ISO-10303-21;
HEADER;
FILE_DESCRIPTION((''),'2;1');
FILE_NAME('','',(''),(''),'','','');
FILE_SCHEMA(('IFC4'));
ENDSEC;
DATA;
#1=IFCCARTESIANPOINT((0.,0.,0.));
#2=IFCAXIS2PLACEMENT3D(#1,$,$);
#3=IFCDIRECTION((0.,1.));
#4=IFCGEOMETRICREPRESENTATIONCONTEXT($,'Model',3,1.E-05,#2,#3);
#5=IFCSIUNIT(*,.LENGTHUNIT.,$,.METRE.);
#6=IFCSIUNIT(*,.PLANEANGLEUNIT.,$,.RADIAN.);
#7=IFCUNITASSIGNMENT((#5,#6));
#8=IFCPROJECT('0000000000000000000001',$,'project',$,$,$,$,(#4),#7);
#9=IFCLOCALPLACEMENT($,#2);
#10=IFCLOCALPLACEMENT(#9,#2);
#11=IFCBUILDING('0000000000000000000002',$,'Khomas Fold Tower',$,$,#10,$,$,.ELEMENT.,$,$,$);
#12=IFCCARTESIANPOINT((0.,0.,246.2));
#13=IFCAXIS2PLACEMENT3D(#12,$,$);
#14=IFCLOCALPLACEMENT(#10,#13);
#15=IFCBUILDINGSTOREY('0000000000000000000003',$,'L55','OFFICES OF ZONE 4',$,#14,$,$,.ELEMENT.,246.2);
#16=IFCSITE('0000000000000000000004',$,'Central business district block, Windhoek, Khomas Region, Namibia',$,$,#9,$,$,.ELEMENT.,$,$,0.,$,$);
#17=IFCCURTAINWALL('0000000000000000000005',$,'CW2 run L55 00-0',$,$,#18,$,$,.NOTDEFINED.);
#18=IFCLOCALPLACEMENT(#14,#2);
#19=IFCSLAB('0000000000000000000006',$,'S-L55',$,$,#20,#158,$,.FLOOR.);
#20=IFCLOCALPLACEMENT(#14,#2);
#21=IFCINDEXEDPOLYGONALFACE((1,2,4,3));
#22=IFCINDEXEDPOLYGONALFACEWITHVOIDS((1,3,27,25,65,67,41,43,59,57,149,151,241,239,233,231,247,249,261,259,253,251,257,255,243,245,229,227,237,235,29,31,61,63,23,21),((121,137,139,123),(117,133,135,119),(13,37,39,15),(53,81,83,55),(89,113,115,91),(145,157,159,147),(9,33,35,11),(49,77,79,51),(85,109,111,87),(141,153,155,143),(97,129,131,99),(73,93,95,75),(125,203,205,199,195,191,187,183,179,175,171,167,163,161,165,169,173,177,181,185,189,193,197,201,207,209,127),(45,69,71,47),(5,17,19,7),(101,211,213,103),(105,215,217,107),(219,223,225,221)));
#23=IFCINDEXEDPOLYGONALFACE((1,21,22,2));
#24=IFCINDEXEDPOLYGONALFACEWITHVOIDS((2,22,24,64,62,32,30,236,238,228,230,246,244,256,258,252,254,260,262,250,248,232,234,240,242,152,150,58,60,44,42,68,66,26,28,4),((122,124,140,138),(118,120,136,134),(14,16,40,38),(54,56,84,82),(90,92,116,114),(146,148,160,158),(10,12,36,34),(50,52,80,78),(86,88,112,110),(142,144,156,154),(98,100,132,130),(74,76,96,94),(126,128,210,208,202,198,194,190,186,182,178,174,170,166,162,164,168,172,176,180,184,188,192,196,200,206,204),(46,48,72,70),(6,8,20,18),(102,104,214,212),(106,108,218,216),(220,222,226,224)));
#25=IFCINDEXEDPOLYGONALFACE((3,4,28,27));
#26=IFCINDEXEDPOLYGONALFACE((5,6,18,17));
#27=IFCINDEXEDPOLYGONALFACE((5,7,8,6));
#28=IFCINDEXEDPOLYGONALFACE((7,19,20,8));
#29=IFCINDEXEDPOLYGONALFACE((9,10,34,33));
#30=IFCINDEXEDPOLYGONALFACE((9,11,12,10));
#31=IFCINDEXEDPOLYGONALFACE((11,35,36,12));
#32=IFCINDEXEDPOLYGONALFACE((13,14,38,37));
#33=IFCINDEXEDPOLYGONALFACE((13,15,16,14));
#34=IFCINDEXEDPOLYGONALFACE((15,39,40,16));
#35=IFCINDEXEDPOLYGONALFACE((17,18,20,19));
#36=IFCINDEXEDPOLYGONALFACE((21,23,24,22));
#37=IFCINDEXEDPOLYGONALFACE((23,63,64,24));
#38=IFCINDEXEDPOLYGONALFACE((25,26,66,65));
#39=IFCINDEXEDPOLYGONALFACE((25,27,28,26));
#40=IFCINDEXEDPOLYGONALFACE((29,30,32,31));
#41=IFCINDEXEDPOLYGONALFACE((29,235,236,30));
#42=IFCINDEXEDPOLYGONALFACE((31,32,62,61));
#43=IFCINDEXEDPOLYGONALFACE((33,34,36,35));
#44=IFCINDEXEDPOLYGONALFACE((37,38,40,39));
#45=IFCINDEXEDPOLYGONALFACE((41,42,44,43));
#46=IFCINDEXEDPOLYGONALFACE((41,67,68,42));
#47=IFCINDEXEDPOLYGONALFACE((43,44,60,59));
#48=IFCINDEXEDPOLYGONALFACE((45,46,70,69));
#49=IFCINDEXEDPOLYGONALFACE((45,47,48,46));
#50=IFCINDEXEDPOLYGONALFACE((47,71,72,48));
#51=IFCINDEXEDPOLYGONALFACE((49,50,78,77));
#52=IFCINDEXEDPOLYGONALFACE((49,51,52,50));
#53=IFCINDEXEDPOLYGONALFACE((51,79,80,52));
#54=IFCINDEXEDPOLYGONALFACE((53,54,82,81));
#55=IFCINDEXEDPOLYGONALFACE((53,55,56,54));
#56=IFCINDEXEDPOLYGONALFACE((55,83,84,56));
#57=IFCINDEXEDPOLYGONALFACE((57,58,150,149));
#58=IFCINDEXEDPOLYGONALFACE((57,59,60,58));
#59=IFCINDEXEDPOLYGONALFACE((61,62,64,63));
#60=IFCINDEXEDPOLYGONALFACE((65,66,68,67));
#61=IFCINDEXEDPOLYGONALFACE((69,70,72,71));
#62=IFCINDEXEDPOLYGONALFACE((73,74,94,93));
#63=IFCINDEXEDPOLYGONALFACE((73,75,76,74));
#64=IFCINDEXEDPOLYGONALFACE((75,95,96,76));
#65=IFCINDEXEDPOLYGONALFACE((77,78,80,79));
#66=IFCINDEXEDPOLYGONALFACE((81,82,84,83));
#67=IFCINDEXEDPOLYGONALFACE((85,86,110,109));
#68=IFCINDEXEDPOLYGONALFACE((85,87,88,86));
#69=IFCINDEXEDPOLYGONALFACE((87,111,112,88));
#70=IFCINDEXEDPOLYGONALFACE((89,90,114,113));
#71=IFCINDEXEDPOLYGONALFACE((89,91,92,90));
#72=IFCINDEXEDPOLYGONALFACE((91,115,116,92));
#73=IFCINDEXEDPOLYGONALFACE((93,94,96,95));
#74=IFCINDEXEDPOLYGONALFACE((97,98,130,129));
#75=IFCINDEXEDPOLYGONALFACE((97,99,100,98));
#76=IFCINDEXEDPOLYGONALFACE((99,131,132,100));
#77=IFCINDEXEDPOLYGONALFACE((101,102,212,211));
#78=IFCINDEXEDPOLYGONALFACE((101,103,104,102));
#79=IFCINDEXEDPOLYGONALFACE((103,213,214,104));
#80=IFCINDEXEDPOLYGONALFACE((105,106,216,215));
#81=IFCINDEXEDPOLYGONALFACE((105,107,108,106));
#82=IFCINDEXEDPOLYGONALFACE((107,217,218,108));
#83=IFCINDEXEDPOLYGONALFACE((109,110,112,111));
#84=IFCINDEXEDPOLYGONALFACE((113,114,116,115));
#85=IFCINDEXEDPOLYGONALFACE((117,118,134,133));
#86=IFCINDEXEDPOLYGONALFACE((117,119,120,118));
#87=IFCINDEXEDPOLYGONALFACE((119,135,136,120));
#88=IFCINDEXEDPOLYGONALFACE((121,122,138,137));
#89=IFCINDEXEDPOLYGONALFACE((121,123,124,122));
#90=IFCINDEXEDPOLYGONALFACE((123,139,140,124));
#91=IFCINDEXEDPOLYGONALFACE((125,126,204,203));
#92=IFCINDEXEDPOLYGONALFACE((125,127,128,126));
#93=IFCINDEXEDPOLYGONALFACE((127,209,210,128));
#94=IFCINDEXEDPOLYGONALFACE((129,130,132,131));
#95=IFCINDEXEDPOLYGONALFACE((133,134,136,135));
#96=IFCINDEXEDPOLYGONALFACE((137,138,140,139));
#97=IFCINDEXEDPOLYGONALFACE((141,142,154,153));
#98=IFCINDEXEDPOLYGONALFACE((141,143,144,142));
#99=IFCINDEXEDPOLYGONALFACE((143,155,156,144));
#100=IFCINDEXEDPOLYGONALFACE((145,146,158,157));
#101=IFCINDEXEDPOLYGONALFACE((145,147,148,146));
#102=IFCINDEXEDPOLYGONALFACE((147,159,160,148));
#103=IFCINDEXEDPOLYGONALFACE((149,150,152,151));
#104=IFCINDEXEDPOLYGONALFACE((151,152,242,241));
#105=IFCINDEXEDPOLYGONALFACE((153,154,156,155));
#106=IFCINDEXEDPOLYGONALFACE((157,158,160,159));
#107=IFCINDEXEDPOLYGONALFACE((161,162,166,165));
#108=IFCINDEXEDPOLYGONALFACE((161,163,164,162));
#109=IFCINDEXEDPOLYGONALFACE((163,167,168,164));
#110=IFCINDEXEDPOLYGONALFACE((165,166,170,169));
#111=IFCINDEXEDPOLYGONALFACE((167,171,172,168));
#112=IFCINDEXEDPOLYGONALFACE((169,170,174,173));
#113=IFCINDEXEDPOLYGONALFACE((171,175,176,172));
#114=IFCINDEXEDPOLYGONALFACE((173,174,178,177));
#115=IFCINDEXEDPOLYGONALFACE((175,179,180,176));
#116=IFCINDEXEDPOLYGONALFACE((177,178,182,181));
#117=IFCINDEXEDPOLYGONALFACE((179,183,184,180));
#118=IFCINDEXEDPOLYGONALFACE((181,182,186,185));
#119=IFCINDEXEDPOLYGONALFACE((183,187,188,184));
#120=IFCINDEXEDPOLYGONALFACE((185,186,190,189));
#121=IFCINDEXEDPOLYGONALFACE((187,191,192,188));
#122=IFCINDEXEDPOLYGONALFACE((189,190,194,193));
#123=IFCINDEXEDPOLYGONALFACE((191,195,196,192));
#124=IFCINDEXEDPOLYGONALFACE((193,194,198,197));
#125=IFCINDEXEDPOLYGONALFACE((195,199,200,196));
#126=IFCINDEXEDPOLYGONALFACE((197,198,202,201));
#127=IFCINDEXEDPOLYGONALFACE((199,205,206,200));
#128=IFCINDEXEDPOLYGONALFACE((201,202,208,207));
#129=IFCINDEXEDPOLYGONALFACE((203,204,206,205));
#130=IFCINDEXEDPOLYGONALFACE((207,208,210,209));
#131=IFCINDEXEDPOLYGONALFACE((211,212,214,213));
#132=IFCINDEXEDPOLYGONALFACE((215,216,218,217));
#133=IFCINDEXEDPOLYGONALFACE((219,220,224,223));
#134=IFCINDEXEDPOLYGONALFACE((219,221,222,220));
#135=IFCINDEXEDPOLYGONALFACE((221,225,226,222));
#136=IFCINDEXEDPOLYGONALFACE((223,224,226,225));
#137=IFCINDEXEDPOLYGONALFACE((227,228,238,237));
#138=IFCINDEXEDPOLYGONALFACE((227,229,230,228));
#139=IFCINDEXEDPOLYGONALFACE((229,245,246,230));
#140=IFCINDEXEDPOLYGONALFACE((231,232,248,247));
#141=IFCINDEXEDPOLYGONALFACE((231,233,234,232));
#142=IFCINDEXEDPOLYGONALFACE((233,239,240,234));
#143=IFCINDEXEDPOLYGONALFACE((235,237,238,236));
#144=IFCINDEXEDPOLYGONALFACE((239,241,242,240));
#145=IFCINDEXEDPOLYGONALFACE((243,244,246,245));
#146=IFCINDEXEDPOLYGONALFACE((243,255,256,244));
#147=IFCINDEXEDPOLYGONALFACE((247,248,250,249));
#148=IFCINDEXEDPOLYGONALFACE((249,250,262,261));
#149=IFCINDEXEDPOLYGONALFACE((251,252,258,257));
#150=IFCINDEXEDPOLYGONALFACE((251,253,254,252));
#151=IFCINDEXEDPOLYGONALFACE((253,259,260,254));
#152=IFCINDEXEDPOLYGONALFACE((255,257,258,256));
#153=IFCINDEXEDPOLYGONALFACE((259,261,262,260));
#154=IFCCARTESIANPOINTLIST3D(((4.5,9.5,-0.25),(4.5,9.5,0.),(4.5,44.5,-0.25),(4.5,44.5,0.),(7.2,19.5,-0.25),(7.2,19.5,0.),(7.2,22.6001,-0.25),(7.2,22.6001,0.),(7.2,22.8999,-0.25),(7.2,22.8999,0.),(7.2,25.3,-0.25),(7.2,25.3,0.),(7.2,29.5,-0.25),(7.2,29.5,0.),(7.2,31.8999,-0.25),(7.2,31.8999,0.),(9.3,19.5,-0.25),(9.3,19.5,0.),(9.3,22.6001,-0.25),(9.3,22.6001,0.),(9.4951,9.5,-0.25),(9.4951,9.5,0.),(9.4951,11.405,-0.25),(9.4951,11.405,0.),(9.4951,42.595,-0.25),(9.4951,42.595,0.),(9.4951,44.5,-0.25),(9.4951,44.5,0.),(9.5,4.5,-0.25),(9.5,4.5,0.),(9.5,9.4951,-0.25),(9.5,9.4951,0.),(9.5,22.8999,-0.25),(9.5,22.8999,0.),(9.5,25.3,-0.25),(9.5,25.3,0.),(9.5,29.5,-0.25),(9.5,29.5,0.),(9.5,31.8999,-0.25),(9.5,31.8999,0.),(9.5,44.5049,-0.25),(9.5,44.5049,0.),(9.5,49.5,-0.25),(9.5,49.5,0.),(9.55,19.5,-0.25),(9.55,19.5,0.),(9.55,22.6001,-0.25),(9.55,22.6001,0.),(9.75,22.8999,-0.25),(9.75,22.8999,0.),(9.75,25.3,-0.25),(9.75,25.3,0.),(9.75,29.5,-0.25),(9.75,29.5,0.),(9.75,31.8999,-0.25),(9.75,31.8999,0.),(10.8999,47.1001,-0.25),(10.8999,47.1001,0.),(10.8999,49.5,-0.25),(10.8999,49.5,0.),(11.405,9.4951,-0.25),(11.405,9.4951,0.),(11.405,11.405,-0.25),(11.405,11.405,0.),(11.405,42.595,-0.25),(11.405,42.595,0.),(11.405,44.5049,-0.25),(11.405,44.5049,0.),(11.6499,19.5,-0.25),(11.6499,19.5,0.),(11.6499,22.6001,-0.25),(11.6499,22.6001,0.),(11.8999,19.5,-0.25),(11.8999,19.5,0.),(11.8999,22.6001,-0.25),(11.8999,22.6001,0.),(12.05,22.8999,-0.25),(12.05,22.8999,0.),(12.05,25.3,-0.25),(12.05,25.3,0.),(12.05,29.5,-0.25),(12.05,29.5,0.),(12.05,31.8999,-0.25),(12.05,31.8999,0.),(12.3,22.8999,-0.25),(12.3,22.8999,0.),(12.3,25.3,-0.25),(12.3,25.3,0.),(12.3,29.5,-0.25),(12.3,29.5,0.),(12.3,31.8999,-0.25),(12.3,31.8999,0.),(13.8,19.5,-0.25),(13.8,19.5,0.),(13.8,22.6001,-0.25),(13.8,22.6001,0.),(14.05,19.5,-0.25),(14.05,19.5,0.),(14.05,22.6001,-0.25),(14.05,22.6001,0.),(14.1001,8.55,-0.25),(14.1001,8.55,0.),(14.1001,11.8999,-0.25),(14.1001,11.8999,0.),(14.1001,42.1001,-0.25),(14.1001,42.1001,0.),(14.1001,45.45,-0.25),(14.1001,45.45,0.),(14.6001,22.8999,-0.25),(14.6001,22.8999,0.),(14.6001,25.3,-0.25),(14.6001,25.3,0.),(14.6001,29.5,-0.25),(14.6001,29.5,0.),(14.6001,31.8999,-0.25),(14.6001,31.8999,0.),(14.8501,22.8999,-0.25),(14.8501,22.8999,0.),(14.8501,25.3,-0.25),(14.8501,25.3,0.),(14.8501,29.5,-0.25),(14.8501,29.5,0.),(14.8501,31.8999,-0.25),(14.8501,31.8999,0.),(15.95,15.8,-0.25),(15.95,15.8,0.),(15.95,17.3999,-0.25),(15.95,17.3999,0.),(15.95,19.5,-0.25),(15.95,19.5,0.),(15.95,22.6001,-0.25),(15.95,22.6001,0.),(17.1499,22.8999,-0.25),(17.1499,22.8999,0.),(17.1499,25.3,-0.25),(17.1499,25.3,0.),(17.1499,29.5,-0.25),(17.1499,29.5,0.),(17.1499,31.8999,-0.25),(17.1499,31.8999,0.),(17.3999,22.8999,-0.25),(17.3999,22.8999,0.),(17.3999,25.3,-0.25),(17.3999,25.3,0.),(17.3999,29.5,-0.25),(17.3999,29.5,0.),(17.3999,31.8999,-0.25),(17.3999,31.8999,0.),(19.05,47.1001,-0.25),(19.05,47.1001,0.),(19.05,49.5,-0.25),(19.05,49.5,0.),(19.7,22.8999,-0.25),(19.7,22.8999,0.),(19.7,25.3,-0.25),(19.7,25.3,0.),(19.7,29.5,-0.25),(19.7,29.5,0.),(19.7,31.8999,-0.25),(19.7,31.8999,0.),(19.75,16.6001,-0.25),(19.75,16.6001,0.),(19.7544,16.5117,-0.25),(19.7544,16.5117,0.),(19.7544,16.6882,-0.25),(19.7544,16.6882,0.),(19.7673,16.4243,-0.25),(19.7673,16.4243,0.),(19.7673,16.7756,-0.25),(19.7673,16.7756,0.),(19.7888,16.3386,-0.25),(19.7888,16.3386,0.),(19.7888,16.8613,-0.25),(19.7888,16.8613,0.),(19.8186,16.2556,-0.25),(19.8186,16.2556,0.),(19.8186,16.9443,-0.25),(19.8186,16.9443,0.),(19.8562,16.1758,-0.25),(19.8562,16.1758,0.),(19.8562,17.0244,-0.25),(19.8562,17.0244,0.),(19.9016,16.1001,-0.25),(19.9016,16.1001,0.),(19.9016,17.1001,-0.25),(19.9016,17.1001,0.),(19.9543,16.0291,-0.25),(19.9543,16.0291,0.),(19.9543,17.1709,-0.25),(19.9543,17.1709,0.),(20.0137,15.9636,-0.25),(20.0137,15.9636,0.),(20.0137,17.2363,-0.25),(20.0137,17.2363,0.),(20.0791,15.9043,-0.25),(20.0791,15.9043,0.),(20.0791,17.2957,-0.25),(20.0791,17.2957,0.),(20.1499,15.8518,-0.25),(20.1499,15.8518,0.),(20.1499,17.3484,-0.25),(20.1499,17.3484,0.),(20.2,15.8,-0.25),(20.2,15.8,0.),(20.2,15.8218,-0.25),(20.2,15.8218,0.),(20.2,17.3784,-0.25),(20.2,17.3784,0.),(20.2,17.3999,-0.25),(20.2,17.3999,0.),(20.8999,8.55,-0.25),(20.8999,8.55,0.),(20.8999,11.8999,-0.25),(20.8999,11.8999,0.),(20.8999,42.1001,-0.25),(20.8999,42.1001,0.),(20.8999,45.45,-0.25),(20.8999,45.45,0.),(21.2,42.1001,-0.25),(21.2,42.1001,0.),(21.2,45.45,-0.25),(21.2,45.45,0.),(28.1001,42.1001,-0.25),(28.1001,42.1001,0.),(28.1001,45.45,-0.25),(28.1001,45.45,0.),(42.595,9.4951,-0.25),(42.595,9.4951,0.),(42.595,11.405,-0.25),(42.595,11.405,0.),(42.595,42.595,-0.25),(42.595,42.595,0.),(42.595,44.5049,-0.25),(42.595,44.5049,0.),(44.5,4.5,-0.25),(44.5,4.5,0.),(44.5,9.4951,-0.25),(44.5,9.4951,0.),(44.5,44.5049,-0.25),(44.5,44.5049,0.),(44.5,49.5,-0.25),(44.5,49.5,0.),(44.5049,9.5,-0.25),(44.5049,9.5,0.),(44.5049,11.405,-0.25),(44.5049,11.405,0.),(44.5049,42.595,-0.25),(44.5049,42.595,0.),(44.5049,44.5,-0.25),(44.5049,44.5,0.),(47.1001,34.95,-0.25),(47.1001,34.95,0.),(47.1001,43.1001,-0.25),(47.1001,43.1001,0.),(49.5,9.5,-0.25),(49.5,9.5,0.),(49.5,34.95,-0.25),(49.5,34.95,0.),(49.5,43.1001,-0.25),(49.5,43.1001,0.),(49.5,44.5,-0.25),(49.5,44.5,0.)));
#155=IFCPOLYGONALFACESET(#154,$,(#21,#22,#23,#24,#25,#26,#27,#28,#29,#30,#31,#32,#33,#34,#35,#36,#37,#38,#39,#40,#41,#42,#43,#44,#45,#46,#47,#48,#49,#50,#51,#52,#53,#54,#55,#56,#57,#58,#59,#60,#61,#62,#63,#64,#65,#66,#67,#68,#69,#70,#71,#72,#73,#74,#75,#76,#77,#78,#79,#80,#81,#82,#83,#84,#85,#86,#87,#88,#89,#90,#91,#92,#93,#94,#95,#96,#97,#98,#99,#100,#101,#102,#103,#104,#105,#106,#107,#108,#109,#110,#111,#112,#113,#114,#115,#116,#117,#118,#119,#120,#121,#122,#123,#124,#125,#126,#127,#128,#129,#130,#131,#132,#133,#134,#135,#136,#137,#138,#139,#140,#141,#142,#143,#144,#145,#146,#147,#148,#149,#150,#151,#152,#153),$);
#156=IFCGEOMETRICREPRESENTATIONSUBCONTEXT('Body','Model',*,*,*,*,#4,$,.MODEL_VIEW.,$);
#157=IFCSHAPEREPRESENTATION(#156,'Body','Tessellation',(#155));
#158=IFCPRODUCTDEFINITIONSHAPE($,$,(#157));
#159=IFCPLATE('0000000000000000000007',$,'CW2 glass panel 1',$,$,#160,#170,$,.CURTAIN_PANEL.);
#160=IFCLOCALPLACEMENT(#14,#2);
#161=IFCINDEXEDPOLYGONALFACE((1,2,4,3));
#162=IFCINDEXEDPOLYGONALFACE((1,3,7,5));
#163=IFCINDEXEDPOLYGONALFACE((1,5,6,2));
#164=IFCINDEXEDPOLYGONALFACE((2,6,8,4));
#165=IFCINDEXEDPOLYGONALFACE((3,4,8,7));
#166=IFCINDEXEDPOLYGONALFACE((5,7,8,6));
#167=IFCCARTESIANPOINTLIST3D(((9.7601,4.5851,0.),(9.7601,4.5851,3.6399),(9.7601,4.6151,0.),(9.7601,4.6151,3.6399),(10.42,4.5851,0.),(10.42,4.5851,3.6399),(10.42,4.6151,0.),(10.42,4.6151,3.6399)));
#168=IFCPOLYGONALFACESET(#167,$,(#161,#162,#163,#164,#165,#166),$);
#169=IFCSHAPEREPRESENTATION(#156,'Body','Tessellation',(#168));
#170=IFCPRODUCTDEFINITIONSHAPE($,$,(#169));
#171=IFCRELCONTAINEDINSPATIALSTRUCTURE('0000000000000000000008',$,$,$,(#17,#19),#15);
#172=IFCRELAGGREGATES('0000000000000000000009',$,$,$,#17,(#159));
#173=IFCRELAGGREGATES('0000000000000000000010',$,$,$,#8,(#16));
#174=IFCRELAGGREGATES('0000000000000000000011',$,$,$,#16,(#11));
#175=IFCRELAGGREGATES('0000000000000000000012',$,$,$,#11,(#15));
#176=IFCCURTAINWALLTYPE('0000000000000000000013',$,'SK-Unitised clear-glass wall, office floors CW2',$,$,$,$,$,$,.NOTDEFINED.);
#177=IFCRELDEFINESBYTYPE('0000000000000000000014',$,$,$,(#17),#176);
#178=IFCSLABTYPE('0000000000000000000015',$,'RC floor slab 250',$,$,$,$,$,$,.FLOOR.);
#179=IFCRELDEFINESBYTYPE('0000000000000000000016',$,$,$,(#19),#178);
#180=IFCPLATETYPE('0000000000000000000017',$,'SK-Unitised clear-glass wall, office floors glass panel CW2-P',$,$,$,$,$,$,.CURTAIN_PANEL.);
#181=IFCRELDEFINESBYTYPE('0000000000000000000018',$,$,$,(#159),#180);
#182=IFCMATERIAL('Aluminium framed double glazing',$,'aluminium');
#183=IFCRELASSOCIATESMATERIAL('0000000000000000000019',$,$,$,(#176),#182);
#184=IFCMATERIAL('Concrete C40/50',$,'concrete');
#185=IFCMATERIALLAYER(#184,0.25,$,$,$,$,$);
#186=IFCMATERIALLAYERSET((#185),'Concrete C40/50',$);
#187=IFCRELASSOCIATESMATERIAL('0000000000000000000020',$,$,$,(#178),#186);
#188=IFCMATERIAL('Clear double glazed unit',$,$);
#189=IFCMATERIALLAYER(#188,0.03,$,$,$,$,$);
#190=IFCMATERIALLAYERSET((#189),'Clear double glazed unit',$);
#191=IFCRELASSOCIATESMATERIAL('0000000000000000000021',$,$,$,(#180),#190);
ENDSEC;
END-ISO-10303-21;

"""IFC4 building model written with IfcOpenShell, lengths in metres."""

from ifc_helpers import new_model, si_unit, direction, frame, origin, origin_2d, place, context, subcontext, project, spatial, polyline, rectangle, outline, extrude, source, transform, mapped, material, layer, layer_set, type_object, element, aggregate, save


model = new_model("IFC4")

# Units and contexts
model_context = context("Model", 3, precision=1e-05, world=origin(), true_north=direction((0.0, 1.0)))
body_context = subcontext(model_context, "Body", "Model", "MODEL_VIEW")
ifc_project = project(units=[si_unit("LENGTHUNIT", "METRE"), si_unit("PLANEANGLEUNIT", "RADIAN")], contexts=[model_context])

# Site, building, storey
site_placement = place(None, origin())
site = spatial("IfcSite", under=ifc_project, at=site_placement, Name="Central business district block, Windhoek, Khomas Region, Namibia", CompositionType="ELEMENT", RefElevation=0.0)
building_placement = place(site_placement, origin())
building = spatial("IfcBuilding", under=site, at=building_placement, Name="Khomas Fold Tower", CompositionType="ELEMENT")
storey_placement = place(building_placement, frame((0.0, 0.0, 246.2)))
storey = spatial("IfcBuildingStorey", under=building, at=storey_placement, Name="L55", Description="OFFICES OF ZONE 4", CompositionType="ELEMENT", Elevation=246.2)

# Shared definitions
ifc_material_1 = material(Name="Aluminium framed double glazing", Category="aluminium")
curtain_wall_type = type_object("IfcCurtainWallType", Name="SK-Unitised clear-glass wall, office floors CW2", PredefinedType="NOTDEFINED", material=ifc_material_1)

# Curtain wall
curtain_wall_1_placement = place(storey_placement, origin())
curtain_wall_1 = element("IfcCurtainWall", 1, at=curtain_wall_1_placement, inside=storey, type_object=curtain_wall_type, Name="CW2 run L55 00-0", PredefinedType="NOTDEFINED")

# Slab
ifc_material_2 = material(Name="Concrete C40/50", Category="concrete")
ifc_layer_1 = layer(ifc_material_2, 0.25)
ifc_layer_set_1 = layer_set([ifc_layer_1], Name="Concrete C40/50")
slab_type_1 = type_object("IfcSlabType", Name="RC floor slab 250", PredefinedType="FLOOR", material=ifc_layer_set_1)
shared_shape_1 = source(origin(), body_context, "Body", "SweptSolid", [
    extrude(outline(polyline([(4.5, 9.5), (9.4951, 9.5), (9.4951, 11.405), (11.405, 11.405), (11.405, 9.4951), (9.5, 9.4951), (9.5, 4.5), (44.5, 4.5), (44.5, 9.4951), (42.595, 9.4951), (42.595, 11.405), (44.5049, 11.405), (44.5049, 9.5), (49.5, 9.5), (49.5, 34.95), (47.1001, 34.95), (47.1001, 43.1001), (49.5, 43.1001), (49.5, 44.5), (44.5049, 44.5), (44.5049, 42.595), (42.595, 42.595), (42.595, 44.5049), (44.5, 44.5049), (44.5, 49.5), (19.05, 49.5), (19.05, 47.1001), (10.8999, 47.1001), (10.8999, 49.5), (9.5, 49.5), (9.5, 44.5049), (11.405, 44.5049), (11.405, 42.595), (9.4951, 42.595), (9.4951, 44.5), (4.5, 44.5), (4.5, 9.5)]), holes=[polyline([(7.2, 19.5), (7.2, 22.6001), (9.3, 22.6001), (9.3, 19.5), (7.2, 19.5)]), polyline([(7.2, 22.8999), (7.2, 25.3), (9.5, 25.3), (9.5, 22.8999), (7.2, 22.8999)]), polyline([(7.2, 29.5), (7.2, 31.8999), (9.5, 31.8999), (9.5, 29.5), (7.2, 29.5)]), polyline([(9.55, 19.5), (9.55, 22.6001), (11.6499, 22.6001), (11.6499, 19.5), (9.55, 19.5)]), polyline([(9.75, 22.8999), (9.75, 25.3), (12.05, 25.3), (12.05, 22.8999), (9.75, 22.8999)]), polyline([(9.75, 29.5), (9.75, 31.8999), (12.05, 31.8999), (12.05, 29.5), (9.75, 29.5)]), polyline([(11.8999, 19.5), (11.8999, 22.6001), (13.8, 22.6001), (13.8, 19.5), (11.8999, 19.5)]), polyline([(12.3, 22.8999), (12.3, 25.3), (14.6001, 25.3), (14.6001, 22.8999), (12.3, 22.8999)]), polyline([(12.3, 29.5), (12.3, 31.8999), (14.6001, 31.8999), (14.6001, 29.5), (12.3, 29.5)]), polyline([(14.05, 19.5), (14.05, 22.6001), (15.95, 22.6001), (15.95, 19.5), (14.05, 19.5)]), polyline([(14.1001, 8.55), (14.1001, 11.8999), (20.8999, 11.8999), (20.8999, 8.55), (14.1001, 8.55)]), polyline([(14.1001, 42.1001), (14.1001, 45.45), (20.8999, 45.45), (20.8999, 42.1001), (14.1001, 42.1001)]), polyline([(14.8501, 22.8999), (14.8501, 25.3), (17.1499, 25.3), (17.1499, 22.8999), (14.8501, 22.8999)]), polyline([(14.8501, 29.5), (14.8501, 31.8999), (17.1499, 31.8999), (17.1499, 29.5), (14.8501, 29.5)]), polyline([(15.95, 15.8), (15.95, 17.3999), (20.2, 17.3999), (20.2, 17.3784), (20.1499, 17.3484), (20.0791, 17.2957), (20.0137, 17.2363), (19.9543, 17.1709), (19.9016, 17.1001), (19.8562, 17.0244), (19.8186, 16.9443), (19.7888, 16.8613), (19.7673, 16.7756), (19.7544, 16.6882), (19.75, 16.6001), (19.7544, 16.5117), (19.7673, 16.4243), (19.7888, 16.3386), (19.8186, 16.2556), (19.8562, 16.1758), (19.9016, 16.1001), (19.9543, 16.0291), (20.0137, 15.9636), (20.0791, 15.9043), (20.1499, 15.8518), (20.2, 15.8218), (20.2, 15.8), (15.95, 15.8)]), polyline([(17.3999, 22.8999), (17.3999, 25.3), (19.7, 25.3), (19.7, 22.8999), (17.3999, 22.8999)]), polyline([(17.3999, 29.5), (17.3999, 31.8999), (19.7, 31.8999), (19.7, 29.5), (17.3999, 29.5)]), polyline([(21.2, 42.1001), (21.2, 45.45), (28.1001, 45.45), (28.1001, 42.1001), (21.2, 42.1001)])]), origin(), (0.0, 0.0, 1.0), 0.25),
])
slab_1_placement = place(storey_placement, frame((0.0, 0.0, -0.25)))
element("IfcSlab", 2, at=slab_1_placement, inside=storey, type_object=slab_type_1, Name="S-L55", PredefinedType="FLOOR", context=body_context, shape_type="MappedRepresentation", body=[
    mapped(shared_shape_1, transform((0.0, 0.0, 0.0))),
])

# Plate
ifc_material_3 = material(Name="Clear double glazed unit")
ifc_layer_2 = layer(ifc_material_3, 0.03)
ifc_layer_set_2 = layer_set([ifc_layer_2], Name="Clear double glazed unit")
plate_type_1 = type_object("IfcPlateType", Name="SK-Unitised clear-glass wall, office floors glass panel CW2-P", PredefinedType="CURTAIN_PANEL", material=ifc_layer_set_2)
shared_shape_2 = source(origin(), body_context, "Body", "SweptSolid", [
    extrude(rectangle(XDim=0.6599, YDim=0.03, at=origin_2d()), origin(), (0.0, 0.0, 1.0), 3.6399),
])
plate_1_placement = place(storey_placement, frame((10.0901, 4.6001, 0.0), z_axis=(0.0, 0.0, 1.0), x_axis=(1.0, 0.0, 0.0)))
plate_1 = element("IfcPlate", 3, at=plate_1_placement, type_object=plate_type_1, Name="CW2 glass panel 1", PredefinedType="CURTAIN_PANEL", context=body_context, shape_type="MappedRepresentation", body=[
    mapped(shared_shape_2, transform((0.0, 0.0, 0.0))),
])
aggregate(curtain_wall_1, [plate_1])

save(model, "model.ifc")
